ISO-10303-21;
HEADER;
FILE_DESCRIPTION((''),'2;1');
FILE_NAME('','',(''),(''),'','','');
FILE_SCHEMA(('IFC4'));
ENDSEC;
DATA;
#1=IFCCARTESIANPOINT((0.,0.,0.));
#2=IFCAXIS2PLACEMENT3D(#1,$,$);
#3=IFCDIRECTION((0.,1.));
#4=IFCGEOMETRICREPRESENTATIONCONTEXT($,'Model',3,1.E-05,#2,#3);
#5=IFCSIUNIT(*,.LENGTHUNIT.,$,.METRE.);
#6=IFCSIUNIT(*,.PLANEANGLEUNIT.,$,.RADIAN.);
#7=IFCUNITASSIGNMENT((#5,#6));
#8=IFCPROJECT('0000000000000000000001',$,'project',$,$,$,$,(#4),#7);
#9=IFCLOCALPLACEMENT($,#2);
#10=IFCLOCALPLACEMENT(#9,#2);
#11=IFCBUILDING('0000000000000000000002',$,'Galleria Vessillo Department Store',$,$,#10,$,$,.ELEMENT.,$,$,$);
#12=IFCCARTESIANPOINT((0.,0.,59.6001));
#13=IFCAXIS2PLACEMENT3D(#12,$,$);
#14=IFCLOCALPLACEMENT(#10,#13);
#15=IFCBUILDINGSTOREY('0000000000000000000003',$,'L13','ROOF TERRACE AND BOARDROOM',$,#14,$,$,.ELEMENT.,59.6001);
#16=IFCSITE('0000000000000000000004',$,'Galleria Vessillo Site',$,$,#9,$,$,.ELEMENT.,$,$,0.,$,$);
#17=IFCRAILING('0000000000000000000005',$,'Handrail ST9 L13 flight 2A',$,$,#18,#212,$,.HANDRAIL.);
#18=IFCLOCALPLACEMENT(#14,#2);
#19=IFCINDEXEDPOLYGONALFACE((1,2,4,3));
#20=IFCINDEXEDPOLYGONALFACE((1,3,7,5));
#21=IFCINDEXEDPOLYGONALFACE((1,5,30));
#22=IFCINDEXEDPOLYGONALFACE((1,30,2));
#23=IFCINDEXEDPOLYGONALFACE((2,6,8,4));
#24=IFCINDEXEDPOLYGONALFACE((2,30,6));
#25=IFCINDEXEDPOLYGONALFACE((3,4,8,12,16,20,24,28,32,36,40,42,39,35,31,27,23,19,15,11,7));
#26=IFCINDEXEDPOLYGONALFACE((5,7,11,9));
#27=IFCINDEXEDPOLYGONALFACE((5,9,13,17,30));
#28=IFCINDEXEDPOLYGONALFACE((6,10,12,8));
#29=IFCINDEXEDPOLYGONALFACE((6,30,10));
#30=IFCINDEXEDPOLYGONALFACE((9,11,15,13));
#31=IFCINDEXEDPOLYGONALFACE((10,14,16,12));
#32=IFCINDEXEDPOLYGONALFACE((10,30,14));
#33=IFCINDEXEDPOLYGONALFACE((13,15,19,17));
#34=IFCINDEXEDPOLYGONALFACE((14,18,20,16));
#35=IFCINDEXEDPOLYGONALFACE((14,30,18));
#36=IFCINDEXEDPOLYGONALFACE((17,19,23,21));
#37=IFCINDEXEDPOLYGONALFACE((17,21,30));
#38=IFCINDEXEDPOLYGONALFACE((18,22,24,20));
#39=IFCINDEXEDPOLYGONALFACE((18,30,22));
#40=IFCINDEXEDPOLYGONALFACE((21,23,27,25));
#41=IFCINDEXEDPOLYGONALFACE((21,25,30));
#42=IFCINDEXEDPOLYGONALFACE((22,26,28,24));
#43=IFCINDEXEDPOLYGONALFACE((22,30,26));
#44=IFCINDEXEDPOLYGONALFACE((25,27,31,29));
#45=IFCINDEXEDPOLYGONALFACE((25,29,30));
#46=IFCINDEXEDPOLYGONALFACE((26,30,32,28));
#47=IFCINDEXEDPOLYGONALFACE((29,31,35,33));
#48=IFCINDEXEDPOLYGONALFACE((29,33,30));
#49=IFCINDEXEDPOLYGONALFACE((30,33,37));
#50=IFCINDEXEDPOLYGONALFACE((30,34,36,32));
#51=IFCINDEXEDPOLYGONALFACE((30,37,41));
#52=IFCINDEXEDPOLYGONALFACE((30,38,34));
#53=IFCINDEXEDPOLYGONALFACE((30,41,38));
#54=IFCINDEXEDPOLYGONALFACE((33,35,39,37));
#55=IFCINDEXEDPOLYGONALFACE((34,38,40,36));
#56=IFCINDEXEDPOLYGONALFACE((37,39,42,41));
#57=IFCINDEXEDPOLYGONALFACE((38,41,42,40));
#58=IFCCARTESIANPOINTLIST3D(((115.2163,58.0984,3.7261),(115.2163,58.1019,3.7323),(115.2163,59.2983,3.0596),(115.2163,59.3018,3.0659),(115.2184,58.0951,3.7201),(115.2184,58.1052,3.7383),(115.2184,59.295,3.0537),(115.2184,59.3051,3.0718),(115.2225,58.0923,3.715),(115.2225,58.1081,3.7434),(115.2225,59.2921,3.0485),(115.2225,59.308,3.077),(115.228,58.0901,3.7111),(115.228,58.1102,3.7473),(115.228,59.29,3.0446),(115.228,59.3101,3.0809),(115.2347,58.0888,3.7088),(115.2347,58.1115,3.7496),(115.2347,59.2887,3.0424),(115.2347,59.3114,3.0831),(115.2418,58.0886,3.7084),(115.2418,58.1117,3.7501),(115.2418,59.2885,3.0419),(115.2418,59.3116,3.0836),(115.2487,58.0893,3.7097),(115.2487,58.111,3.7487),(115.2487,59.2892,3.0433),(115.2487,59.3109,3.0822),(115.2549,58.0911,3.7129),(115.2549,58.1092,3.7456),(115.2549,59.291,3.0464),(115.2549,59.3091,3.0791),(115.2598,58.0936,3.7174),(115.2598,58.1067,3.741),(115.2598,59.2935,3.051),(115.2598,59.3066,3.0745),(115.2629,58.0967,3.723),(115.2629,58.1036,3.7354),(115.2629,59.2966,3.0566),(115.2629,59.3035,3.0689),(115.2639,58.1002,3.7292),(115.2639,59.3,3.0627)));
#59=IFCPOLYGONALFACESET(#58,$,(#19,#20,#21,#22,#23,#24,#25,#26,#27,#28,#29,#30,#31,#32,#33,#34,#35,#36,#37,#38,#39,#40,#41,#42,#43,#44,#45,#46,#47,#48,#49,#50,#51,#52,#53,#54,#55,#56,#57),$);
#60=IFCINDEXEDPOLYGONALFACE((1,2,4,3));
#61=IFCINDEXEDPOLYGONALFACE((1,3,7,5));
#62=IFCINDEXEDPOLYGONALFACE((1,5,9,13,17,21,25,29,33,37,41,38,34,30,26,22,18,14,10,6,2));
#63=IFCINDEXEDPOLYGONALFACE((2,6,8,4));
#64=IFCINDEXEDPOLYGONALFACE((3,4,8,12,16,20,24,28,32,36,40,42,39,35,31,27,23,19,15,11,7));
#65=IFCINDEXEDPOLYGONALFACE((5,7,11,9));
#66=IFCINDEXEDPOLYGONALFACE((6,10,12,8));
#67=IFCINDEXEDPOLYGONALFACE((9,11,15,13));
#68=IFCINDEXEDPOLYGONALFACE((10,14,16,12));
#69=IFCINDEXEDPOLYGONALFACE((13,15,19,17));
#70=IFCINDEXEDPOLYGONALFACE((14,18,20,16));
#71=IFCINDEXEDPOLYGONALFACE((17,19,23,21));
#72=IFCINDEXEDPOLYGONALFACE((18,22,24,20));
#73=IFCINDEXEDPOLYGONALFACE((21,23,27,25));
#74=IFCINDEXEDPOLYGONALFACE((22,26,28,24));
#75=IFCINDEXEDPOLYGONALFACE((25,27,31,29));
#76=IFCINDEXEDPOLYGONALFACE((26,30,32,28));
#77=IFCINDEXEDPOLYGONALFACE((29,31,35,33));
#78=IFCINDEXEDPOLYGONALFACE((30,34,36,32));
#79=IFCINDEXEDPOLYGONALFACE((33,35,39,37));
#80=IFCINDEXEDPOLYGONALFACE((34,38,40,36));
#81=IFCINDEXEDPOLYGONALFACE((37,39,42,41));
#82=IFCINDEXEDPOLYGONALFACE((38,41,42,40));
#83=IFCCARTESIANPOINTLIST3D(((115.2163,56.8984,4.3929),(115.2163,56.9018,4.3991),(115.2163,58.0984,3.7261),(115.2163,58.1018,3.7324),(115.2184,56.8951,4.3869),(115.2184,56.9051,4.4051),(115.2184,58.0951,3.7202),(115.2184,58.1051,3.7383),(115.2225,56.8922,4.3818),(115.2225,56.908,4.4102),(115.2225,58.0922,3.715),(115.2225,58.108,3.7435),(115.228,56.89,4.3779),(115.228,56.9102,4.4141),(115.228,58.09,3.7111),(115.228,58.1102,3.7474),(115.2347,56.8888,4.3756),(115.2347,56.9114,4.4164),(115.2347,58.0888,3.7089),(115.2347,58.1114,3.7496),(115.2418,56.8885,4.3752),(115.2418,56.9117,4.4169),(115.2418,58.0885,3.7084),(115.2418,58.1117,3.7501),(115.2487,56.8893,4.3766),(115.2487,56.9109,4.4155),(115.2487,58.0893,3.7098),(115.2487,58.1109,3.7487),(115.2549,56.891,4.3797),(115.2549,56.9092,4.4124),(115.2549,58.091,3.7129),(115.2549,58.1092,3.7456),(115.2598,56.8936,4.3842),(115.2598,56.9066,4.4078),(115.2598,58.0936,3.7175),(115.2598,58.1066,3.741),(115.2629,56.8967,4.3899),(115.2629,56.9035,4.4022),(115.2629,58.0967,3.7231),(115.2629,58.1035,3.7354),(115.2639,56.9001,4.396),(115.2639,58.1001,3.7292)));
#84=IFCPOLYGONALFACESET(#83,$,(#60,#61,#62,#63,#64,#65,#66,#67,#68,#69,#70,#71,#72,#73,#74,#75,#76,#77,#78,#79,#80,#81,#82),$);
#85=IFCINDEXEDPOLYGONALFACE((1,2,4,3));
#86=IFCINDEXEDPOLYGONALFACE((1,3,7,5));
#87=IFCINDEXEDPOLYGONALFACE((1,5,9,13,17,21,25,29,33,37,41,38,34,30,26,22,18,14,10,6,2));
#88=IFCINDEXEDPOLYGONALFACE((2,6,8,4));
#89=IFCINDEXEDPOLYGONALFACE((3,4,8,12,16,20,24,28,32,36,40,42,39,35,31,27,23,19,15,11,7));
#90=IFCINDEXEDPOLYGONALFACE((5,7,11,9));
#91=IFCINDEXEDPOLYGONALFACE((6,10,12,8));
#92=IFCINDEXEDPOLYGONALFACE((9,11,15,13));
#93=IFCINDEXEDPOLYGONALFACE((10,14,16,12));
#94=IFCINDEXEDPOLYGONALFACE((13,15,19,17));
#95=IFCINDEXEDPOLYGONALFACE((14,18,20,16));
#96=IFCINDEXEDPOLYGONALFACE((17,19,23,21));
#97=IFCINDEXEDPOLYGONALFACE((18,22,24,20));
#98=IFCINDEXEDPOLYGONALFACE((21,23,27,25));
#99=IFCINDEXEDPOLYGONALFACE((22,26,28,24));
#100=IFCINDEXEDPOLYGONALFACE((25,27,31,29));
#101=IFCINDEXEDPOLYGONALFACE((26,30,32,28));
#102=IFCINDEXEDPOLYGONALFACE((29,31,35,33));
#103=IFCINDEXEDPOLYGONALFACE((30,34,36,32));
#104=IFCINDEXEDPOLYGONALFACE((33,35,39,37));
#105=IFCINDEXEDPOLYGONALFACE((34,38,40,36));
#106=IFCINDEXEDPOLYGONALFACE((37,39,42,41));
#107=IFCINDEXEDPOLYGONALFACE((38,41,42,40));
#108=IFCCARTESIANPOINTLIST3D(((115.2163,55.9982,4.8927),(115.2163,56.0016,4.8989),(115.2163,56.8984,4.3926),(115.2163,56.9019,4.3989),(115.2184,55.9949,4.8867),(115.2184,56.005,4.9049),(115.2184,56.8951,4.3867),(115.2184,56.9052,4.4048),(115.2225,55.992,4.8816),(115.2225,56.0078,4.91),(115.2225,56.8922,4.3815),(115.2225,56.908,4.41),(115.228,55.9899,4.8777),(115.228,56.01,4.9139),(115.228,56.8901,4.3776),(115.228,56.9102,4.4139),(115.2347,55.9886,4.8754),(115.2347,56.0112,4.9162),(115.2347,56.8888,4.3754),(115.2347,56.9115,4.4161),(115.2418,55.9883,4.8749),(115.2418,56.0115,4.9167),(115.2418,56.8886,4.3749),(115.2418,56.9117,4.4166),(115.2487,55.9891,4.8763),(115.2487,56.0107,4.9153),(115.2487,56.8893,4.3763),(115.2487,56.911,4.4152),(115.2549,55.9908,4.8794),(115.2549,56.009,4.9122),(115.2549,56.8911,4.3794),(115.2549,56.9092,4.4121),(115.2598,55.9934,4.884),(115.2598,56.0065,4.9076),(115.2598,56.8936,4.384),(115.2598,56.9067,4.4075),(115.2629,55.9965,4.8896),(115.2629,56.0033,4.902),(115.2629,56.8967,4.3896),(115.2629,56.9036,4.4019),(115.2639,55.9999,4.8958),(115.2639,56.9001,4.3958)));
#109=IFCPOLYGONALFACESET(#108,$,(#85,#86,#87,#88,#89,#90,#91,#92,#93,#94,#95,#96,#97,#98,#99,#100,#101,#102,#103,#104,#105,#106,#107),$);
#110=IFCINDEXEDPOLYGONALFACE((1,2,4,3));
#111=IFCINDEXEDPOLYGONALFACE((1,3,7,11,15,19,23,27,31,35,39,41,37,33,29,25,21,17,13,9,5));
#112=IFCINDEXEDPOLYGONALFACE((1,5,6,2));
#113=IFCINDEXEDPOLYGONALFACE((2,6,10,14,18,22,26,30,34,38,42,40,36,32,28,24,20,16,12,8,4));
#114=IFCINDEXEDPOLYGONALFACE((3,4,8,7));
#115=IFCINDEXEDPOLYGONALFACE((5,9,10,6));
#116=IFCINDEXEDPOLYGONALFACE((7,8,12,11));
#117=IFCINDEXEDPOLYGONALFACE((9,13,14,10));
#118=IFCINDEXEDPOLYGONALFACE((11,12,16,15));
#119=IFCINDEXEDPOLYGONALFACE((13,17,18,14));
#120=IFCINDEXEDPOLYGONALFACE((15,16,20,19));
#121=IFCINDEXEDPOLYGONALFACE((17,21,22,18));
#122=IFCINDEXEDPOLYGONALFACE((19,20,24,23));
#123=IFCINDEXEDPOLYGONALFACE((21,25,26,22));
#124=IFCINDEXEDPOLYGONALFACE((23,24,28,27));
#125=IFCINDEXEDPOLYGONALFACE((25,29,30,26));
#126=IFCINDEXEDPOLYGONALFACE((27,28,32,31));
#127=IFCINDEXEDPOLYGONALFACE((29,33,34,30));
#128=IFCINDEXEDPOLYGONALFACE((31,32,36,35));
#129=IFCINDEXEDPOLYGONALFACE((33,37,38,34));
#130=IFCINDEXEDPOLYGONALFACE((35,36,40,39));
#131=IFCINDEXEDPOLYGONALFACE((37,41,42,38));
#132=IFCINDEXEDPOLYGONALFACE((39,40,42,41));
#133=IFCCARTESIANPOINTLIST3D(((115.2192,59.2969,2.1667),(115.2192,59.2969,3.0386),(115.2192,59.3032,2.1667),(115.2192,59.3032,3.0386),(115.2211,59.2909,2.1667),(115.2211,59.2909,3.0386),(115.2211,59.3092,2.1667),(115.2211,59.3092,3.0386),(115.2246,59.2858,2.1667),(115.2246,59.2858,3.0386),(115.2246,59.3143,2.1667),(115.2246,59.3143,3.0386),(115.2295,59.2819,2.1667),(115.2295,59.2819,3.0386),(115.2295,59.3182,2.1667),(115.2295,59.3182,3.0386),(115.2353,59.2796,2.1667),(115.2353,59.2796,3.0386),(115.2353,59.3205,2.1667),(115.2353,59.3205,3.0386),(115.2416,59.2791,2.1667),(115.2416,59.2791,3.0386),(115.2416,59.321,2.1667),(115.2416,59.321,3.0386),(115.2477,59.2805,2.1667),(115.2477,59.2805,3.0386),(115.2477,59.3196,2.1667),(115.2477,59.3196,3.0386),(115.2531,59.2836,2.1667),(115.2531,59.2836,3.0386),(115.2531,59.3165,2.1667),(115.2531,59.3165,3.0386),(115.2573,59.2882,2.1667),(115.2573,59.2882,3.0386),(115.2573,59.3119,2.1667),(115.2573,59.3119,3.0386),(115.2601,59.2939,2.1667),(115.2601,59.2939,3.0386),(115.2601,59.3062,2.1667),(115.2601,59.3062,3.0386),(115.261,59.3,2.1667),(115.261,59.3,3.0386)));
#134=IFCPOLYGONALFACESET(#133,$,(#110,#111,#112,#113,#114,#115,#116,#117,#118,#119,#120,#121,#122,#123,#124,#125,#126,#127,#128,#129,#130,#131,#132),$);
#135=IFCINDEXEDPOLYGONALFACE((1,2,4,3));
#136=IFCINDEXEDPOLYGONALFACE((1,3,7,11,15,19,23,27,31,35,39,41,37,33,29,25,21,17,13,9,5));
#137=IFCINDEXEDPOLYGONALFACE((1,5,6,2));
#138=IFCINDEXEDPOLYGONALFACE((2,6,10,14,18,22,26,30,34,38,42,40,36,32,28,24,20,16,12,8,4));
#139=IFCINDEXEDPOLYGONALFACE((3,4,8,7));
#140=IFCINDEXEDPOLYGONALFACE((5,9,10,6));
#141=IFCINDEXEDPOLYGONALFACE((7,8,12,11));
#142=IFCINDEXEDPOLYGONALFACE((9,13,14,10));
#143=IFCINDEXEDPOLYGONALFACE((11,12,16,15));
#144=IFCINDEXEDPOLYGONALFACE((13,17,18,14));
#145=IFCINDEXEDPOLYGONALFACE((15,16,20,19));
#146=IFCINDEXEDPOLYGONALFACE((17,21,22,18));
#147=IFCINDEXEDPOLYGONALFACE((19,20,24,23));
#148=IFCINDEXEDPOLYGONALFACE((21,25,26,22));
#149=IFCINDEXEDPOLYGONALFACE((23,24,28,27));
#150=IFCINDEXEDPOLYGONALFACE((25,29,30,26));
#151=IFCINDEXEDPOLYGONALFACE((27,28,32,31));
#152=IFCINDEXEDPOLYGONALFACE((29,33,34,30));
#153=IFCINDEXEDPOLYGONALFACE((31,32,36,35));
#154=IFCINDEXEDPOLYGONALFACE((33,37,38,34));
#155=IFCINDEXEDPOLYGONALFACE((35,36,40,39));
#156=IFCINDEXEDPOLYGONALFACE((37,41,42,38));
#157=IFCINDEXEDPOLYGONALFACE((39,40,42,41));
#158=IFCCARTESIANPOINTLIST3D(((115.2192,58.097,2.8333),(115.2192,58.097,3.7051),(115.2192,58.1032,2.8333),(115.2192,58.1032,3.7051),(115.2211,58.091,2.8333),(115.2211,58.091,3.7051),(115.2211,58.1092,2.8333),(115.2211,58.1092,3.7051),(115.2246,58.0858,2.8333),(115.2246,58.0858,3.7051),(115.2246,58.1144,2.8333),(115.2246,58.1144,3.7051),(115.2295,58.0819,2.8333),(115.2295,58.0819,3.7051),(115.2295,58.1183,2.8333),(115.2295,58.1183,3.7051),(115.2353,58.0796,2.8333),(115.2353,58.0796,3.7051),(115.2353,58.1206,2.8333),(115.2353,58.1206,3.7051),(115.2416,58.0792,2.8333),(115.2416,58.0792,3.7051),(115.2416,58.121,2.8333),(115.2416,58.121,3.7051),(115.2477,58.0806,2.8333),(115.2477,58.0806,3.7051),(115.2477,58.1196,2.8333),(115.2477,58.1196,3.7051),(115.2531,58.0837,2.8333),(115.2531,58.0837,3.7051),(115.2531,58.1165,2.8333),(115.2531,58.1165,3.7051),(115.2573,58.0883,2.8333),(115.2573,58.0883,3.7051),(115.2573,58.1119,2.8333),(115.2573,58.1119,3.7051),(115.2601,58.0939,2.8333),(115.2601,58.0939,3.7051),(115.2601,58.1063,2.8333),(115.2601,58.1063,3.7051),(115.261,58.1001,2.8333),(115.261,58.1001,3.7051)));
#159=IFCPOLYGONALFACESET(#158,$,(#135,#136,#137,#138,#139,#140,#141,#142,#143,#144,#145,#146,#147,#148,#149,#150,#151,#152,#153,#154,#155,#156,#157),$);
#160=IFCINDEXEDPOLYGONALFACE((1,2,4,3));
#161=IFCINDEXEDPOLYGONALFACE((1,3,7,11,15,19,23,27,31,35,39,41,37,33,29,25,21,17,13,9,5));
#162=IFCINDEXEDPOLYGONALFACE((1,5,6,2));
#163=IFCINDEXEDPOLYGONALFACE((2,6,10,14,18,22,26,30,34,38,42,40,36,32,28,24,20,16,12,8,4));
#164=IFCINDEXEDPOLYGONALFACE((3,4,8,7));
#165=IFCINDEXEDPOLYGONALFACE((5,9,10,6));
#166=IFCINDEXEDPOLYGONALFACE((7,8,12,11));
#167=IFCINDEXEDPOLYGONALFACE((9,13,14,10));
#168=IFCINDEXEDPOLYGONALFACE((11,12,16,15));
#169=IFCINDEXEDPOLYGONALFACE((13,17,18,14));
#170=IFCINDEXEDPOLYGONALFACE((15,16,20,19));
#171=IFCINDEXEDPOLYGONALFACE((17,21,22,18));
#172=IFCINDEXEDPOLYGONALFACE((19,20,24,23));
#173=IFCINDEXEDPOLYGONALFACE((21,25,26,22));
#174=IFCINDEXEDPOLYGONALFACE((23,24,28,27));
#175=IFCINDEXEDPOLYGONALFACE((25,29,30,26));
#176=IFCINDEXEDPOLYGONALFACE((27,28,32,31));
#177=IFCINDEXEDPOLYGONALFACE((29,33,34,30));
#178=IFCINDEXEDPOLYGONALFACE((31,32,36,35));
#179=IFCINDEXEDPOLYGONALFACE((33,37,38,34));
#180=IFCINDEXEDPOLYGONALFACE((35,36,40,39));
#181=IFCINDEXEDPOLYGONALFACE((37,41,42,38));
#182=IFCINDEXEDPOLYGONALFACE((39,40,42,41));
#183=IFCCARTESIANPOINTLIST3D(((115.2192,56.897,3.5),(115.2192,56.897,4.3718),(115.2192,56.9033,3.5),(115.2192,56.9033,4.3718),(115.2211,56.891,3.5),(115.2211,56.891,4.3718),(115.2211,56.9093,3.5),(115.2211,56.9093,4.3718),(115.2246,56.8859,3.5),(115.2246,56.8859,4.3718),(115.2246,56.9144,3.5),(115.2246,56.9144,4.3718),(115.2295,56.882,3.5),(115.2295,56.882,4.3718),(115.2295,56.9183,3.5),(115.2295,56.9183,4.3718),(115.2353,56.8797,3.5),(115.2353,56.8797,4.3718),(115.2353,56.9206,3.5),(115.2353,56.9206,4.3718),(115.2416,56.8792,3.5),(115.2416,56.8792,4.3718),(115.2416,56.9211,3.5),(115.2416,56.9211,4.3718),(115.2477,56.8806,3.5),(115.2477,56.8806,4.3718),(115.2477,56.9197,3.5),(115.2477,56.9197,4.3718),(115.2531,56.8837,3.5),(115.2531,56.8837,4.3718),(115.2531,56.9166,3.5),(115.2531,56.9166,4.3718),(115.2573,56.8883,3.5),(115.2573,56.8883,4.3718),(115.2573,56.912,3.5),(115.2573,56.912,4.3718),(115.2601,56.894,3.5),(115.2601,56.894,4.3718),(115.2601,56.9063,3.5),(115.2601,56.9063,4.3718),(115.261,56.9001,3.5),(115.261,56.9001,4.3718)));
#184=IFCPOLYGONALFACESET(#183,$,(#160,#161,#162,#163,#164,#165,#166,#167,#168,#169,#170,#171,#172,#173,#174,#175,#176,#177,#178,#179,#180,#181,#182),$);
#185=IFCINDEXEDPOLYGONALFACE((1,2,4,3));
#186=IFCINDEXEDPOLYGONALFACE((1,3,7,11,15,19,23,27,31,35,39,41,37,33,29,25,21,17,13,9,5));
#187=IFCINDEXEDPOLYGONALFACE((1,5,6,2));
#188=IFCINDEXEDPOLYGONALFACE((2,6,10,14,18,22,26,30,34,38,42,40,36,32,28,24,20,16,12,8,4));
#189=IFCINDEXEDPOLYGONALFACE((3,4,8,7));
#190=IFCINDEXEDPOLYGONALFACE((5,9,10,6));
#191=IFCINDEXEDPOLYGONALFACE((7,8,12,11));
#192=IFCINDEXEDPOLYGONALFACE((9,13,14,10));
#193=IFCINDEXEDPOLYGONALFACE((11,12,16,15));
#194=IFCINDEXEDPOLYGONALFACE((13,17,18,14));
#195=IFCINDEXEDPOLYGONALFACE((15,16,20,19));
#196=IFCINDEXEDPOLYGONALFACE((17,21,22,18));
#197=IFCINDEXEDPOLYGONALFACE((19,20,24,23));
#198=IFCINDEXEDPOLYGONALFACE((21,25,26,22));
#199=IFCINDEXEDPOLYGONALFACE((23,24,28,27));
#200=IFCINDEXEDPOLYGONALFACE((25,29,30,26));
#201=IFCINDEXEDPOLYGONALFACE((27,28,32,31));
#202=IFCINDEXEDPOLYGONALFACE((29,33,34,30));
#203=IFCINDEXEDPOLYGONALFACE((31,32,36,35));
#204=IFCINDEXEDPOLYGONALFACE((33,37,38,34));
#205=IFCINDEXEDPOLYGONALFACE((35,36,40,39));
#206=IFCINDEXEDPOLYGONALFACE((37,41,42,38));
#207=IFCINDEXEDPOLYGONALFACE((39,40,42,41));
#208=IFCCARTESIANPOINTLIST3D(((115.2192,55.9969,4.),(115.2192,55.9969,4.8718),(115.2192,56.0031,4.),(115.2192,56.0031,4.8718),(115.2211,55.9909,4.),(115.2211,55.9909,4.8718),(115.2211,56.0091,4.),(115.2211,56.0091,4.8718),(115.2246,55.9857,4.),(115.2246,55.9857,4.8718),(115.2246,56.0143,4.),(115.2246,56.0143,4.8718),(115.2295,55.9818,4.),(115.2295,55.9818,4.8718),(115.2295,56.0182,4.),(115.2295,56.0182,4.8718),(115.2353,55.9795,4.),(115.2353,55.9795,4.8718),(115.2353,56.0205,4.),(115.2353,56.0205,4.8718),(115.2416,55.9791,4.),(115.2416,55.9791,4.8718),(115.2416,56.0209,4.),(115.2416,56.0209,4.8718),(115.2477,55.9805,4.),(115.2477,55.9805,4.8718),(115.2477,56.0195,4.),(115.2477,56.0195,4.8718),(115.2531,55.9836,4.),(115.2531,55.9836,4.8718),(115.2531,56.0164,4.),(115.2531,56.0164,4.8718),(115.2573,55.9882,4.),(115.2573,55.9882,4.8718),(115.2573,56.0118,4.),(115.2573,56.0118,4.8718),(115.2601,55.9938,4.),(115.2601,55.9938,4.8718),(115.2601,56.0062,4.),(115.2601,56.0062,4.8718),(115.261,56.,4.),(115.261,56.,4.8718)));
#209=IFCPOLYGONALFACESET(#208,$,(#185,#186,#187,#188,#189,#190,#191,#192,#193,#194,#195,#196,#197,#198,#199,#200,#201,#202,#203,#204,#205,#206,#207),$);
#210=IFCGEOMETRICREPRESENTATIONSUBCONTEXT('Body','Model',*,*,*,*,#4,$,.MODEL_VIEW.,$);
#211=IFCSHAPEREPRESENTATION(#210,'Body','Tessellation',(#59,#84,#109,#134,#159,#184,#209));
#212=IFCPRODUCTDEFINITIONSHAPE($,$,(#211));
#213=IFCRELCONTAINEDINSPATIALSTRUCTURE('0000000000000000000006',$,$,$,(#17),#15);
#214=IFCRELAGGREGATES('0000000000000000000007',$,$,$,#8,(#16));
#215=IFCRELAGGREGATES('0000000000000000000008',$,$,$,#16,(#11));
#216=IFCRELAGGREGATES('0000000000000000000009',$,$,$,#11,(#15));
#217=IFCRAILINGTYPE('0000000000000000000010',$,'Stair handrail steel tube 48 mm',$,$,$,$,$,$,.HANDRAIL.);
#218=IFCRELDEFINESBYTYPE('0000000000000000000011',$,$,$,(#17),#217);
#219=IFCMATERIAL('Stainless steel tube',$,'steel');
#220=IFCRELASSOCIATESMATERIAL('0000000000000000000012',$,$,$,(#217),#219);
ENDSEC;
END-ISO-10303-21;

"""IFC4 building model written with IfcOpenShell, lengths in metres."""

from ifc_helpers import new_model, si_unit, direction, frame, origin, origin_2d, place, context, subcontext, project, spatial, circle, extrude, material, type_object, element, save


model = new_model("IFC4")

# Units and contexts
model_context = context("Model", 3, precision=1e-05, world=origin(), true_north=direction((0.0, 1.0)))
body_context = subcontext(model_context, "Body", "Model", "MODEL_VIEW")
ifc_project = project(units=[si_unit("LENGTHUNIT", "METRE"), si_unit("PLANEANGLEUNIT", "RADIAN")], contexts=[model_context])

# Site, building, storey
site_placement = place(None, origin())
site = spatial("IfcSite", under=ifc_project, at=site_placement, Name="Galleria Vessillo Site", CompositionType="ELEMENT", RefElevation=0.0)
building_placement = place(site_placement, origin())
building = spatial("IfcBuilding", under=site, at=building_placement, Name="Galleria Vessillo Department Store", CompositionType="ELEMENT")
storey_placement = place(building_placement, frame((0.0, 0.0, 59.6001)))
storey = spatial("IfcBuildingStorey", under=building, at=storey_placement, Name="L13", Description="ROOF TERRACE AND BOARDROOM", CompositionType="ELEMENT", Elevation=59.6001)

# Railing
ifc_material_1 = material(Name="Stainless steel tube", Category="steel")
railing_type = type_object("IfcRailingType", Name="Stair handrail steel tube 48 mm", PredefinedType="HANDRAIL", material=ifc_material_1)
for number, where, name in (
    (1, (115.24, 59.3, 2.1667), "Handrail ST9 L13 flight 2A"),
):
    element("IfcRailing", number, at=place(storey_placement, frame(where)), inside=storey, type_object=railing_type, Name=name, PredefinedType="HANDRAIL", context=body_context, shape_type="SweptSolid", body=[
        extrude(circle(Radius=0.0239, at=origin_2d()), frame((0.0, 0.0, 0.896), z_axis=(0.0, -0.874199, 0.485567), x_axis=(1.0, 0.0, 0.0)), (0.0, 0.0, 1.0), 1.3726),
        extrude(circle(Radius=0.0239, at=origin_2d()), frame((0.0, -1.2, 1.5625), z_axis=(0.0, -0.874124, 0.485703), x_axis=(1.0, 0.0, 0.0)), (0.0, 0.0, 1.0), 1.3728),
        extrude(circle(Radius=0.0239, at=origin_2d()), frame((0.0, -2.3999, 2.229), z_axis=(0.0, -0.874191, 0.485583), x_axis=(1.0, 0.0, 0.0)), (0.0, 0.0, 1.0), 1.0298),
        extrude(circle(Radius=0.021, at=origin_2d()), origin(), (0.0, 0.0, 1.0), 0.8718),
        extrude(circle(Radius=0.021, at=origin_2d()), frame((0.0, -1.2, 0.6665)), (0.0, 0.0, 1.0), 0.8718),
        extrude(circle(Radius=0.021, at=origin_2d()), frame((0.0, -2.3999, 1.3333)), (0.0, 0.0, 1.0), 0.8718),
        extrude(circle(Radius=0.021, at=origin_2d()), frame((0.0, -3.3, 1.8333)), (0.0, 0.0, 1.0), 0.8718),
    ])

save(model, "model.ifc")
